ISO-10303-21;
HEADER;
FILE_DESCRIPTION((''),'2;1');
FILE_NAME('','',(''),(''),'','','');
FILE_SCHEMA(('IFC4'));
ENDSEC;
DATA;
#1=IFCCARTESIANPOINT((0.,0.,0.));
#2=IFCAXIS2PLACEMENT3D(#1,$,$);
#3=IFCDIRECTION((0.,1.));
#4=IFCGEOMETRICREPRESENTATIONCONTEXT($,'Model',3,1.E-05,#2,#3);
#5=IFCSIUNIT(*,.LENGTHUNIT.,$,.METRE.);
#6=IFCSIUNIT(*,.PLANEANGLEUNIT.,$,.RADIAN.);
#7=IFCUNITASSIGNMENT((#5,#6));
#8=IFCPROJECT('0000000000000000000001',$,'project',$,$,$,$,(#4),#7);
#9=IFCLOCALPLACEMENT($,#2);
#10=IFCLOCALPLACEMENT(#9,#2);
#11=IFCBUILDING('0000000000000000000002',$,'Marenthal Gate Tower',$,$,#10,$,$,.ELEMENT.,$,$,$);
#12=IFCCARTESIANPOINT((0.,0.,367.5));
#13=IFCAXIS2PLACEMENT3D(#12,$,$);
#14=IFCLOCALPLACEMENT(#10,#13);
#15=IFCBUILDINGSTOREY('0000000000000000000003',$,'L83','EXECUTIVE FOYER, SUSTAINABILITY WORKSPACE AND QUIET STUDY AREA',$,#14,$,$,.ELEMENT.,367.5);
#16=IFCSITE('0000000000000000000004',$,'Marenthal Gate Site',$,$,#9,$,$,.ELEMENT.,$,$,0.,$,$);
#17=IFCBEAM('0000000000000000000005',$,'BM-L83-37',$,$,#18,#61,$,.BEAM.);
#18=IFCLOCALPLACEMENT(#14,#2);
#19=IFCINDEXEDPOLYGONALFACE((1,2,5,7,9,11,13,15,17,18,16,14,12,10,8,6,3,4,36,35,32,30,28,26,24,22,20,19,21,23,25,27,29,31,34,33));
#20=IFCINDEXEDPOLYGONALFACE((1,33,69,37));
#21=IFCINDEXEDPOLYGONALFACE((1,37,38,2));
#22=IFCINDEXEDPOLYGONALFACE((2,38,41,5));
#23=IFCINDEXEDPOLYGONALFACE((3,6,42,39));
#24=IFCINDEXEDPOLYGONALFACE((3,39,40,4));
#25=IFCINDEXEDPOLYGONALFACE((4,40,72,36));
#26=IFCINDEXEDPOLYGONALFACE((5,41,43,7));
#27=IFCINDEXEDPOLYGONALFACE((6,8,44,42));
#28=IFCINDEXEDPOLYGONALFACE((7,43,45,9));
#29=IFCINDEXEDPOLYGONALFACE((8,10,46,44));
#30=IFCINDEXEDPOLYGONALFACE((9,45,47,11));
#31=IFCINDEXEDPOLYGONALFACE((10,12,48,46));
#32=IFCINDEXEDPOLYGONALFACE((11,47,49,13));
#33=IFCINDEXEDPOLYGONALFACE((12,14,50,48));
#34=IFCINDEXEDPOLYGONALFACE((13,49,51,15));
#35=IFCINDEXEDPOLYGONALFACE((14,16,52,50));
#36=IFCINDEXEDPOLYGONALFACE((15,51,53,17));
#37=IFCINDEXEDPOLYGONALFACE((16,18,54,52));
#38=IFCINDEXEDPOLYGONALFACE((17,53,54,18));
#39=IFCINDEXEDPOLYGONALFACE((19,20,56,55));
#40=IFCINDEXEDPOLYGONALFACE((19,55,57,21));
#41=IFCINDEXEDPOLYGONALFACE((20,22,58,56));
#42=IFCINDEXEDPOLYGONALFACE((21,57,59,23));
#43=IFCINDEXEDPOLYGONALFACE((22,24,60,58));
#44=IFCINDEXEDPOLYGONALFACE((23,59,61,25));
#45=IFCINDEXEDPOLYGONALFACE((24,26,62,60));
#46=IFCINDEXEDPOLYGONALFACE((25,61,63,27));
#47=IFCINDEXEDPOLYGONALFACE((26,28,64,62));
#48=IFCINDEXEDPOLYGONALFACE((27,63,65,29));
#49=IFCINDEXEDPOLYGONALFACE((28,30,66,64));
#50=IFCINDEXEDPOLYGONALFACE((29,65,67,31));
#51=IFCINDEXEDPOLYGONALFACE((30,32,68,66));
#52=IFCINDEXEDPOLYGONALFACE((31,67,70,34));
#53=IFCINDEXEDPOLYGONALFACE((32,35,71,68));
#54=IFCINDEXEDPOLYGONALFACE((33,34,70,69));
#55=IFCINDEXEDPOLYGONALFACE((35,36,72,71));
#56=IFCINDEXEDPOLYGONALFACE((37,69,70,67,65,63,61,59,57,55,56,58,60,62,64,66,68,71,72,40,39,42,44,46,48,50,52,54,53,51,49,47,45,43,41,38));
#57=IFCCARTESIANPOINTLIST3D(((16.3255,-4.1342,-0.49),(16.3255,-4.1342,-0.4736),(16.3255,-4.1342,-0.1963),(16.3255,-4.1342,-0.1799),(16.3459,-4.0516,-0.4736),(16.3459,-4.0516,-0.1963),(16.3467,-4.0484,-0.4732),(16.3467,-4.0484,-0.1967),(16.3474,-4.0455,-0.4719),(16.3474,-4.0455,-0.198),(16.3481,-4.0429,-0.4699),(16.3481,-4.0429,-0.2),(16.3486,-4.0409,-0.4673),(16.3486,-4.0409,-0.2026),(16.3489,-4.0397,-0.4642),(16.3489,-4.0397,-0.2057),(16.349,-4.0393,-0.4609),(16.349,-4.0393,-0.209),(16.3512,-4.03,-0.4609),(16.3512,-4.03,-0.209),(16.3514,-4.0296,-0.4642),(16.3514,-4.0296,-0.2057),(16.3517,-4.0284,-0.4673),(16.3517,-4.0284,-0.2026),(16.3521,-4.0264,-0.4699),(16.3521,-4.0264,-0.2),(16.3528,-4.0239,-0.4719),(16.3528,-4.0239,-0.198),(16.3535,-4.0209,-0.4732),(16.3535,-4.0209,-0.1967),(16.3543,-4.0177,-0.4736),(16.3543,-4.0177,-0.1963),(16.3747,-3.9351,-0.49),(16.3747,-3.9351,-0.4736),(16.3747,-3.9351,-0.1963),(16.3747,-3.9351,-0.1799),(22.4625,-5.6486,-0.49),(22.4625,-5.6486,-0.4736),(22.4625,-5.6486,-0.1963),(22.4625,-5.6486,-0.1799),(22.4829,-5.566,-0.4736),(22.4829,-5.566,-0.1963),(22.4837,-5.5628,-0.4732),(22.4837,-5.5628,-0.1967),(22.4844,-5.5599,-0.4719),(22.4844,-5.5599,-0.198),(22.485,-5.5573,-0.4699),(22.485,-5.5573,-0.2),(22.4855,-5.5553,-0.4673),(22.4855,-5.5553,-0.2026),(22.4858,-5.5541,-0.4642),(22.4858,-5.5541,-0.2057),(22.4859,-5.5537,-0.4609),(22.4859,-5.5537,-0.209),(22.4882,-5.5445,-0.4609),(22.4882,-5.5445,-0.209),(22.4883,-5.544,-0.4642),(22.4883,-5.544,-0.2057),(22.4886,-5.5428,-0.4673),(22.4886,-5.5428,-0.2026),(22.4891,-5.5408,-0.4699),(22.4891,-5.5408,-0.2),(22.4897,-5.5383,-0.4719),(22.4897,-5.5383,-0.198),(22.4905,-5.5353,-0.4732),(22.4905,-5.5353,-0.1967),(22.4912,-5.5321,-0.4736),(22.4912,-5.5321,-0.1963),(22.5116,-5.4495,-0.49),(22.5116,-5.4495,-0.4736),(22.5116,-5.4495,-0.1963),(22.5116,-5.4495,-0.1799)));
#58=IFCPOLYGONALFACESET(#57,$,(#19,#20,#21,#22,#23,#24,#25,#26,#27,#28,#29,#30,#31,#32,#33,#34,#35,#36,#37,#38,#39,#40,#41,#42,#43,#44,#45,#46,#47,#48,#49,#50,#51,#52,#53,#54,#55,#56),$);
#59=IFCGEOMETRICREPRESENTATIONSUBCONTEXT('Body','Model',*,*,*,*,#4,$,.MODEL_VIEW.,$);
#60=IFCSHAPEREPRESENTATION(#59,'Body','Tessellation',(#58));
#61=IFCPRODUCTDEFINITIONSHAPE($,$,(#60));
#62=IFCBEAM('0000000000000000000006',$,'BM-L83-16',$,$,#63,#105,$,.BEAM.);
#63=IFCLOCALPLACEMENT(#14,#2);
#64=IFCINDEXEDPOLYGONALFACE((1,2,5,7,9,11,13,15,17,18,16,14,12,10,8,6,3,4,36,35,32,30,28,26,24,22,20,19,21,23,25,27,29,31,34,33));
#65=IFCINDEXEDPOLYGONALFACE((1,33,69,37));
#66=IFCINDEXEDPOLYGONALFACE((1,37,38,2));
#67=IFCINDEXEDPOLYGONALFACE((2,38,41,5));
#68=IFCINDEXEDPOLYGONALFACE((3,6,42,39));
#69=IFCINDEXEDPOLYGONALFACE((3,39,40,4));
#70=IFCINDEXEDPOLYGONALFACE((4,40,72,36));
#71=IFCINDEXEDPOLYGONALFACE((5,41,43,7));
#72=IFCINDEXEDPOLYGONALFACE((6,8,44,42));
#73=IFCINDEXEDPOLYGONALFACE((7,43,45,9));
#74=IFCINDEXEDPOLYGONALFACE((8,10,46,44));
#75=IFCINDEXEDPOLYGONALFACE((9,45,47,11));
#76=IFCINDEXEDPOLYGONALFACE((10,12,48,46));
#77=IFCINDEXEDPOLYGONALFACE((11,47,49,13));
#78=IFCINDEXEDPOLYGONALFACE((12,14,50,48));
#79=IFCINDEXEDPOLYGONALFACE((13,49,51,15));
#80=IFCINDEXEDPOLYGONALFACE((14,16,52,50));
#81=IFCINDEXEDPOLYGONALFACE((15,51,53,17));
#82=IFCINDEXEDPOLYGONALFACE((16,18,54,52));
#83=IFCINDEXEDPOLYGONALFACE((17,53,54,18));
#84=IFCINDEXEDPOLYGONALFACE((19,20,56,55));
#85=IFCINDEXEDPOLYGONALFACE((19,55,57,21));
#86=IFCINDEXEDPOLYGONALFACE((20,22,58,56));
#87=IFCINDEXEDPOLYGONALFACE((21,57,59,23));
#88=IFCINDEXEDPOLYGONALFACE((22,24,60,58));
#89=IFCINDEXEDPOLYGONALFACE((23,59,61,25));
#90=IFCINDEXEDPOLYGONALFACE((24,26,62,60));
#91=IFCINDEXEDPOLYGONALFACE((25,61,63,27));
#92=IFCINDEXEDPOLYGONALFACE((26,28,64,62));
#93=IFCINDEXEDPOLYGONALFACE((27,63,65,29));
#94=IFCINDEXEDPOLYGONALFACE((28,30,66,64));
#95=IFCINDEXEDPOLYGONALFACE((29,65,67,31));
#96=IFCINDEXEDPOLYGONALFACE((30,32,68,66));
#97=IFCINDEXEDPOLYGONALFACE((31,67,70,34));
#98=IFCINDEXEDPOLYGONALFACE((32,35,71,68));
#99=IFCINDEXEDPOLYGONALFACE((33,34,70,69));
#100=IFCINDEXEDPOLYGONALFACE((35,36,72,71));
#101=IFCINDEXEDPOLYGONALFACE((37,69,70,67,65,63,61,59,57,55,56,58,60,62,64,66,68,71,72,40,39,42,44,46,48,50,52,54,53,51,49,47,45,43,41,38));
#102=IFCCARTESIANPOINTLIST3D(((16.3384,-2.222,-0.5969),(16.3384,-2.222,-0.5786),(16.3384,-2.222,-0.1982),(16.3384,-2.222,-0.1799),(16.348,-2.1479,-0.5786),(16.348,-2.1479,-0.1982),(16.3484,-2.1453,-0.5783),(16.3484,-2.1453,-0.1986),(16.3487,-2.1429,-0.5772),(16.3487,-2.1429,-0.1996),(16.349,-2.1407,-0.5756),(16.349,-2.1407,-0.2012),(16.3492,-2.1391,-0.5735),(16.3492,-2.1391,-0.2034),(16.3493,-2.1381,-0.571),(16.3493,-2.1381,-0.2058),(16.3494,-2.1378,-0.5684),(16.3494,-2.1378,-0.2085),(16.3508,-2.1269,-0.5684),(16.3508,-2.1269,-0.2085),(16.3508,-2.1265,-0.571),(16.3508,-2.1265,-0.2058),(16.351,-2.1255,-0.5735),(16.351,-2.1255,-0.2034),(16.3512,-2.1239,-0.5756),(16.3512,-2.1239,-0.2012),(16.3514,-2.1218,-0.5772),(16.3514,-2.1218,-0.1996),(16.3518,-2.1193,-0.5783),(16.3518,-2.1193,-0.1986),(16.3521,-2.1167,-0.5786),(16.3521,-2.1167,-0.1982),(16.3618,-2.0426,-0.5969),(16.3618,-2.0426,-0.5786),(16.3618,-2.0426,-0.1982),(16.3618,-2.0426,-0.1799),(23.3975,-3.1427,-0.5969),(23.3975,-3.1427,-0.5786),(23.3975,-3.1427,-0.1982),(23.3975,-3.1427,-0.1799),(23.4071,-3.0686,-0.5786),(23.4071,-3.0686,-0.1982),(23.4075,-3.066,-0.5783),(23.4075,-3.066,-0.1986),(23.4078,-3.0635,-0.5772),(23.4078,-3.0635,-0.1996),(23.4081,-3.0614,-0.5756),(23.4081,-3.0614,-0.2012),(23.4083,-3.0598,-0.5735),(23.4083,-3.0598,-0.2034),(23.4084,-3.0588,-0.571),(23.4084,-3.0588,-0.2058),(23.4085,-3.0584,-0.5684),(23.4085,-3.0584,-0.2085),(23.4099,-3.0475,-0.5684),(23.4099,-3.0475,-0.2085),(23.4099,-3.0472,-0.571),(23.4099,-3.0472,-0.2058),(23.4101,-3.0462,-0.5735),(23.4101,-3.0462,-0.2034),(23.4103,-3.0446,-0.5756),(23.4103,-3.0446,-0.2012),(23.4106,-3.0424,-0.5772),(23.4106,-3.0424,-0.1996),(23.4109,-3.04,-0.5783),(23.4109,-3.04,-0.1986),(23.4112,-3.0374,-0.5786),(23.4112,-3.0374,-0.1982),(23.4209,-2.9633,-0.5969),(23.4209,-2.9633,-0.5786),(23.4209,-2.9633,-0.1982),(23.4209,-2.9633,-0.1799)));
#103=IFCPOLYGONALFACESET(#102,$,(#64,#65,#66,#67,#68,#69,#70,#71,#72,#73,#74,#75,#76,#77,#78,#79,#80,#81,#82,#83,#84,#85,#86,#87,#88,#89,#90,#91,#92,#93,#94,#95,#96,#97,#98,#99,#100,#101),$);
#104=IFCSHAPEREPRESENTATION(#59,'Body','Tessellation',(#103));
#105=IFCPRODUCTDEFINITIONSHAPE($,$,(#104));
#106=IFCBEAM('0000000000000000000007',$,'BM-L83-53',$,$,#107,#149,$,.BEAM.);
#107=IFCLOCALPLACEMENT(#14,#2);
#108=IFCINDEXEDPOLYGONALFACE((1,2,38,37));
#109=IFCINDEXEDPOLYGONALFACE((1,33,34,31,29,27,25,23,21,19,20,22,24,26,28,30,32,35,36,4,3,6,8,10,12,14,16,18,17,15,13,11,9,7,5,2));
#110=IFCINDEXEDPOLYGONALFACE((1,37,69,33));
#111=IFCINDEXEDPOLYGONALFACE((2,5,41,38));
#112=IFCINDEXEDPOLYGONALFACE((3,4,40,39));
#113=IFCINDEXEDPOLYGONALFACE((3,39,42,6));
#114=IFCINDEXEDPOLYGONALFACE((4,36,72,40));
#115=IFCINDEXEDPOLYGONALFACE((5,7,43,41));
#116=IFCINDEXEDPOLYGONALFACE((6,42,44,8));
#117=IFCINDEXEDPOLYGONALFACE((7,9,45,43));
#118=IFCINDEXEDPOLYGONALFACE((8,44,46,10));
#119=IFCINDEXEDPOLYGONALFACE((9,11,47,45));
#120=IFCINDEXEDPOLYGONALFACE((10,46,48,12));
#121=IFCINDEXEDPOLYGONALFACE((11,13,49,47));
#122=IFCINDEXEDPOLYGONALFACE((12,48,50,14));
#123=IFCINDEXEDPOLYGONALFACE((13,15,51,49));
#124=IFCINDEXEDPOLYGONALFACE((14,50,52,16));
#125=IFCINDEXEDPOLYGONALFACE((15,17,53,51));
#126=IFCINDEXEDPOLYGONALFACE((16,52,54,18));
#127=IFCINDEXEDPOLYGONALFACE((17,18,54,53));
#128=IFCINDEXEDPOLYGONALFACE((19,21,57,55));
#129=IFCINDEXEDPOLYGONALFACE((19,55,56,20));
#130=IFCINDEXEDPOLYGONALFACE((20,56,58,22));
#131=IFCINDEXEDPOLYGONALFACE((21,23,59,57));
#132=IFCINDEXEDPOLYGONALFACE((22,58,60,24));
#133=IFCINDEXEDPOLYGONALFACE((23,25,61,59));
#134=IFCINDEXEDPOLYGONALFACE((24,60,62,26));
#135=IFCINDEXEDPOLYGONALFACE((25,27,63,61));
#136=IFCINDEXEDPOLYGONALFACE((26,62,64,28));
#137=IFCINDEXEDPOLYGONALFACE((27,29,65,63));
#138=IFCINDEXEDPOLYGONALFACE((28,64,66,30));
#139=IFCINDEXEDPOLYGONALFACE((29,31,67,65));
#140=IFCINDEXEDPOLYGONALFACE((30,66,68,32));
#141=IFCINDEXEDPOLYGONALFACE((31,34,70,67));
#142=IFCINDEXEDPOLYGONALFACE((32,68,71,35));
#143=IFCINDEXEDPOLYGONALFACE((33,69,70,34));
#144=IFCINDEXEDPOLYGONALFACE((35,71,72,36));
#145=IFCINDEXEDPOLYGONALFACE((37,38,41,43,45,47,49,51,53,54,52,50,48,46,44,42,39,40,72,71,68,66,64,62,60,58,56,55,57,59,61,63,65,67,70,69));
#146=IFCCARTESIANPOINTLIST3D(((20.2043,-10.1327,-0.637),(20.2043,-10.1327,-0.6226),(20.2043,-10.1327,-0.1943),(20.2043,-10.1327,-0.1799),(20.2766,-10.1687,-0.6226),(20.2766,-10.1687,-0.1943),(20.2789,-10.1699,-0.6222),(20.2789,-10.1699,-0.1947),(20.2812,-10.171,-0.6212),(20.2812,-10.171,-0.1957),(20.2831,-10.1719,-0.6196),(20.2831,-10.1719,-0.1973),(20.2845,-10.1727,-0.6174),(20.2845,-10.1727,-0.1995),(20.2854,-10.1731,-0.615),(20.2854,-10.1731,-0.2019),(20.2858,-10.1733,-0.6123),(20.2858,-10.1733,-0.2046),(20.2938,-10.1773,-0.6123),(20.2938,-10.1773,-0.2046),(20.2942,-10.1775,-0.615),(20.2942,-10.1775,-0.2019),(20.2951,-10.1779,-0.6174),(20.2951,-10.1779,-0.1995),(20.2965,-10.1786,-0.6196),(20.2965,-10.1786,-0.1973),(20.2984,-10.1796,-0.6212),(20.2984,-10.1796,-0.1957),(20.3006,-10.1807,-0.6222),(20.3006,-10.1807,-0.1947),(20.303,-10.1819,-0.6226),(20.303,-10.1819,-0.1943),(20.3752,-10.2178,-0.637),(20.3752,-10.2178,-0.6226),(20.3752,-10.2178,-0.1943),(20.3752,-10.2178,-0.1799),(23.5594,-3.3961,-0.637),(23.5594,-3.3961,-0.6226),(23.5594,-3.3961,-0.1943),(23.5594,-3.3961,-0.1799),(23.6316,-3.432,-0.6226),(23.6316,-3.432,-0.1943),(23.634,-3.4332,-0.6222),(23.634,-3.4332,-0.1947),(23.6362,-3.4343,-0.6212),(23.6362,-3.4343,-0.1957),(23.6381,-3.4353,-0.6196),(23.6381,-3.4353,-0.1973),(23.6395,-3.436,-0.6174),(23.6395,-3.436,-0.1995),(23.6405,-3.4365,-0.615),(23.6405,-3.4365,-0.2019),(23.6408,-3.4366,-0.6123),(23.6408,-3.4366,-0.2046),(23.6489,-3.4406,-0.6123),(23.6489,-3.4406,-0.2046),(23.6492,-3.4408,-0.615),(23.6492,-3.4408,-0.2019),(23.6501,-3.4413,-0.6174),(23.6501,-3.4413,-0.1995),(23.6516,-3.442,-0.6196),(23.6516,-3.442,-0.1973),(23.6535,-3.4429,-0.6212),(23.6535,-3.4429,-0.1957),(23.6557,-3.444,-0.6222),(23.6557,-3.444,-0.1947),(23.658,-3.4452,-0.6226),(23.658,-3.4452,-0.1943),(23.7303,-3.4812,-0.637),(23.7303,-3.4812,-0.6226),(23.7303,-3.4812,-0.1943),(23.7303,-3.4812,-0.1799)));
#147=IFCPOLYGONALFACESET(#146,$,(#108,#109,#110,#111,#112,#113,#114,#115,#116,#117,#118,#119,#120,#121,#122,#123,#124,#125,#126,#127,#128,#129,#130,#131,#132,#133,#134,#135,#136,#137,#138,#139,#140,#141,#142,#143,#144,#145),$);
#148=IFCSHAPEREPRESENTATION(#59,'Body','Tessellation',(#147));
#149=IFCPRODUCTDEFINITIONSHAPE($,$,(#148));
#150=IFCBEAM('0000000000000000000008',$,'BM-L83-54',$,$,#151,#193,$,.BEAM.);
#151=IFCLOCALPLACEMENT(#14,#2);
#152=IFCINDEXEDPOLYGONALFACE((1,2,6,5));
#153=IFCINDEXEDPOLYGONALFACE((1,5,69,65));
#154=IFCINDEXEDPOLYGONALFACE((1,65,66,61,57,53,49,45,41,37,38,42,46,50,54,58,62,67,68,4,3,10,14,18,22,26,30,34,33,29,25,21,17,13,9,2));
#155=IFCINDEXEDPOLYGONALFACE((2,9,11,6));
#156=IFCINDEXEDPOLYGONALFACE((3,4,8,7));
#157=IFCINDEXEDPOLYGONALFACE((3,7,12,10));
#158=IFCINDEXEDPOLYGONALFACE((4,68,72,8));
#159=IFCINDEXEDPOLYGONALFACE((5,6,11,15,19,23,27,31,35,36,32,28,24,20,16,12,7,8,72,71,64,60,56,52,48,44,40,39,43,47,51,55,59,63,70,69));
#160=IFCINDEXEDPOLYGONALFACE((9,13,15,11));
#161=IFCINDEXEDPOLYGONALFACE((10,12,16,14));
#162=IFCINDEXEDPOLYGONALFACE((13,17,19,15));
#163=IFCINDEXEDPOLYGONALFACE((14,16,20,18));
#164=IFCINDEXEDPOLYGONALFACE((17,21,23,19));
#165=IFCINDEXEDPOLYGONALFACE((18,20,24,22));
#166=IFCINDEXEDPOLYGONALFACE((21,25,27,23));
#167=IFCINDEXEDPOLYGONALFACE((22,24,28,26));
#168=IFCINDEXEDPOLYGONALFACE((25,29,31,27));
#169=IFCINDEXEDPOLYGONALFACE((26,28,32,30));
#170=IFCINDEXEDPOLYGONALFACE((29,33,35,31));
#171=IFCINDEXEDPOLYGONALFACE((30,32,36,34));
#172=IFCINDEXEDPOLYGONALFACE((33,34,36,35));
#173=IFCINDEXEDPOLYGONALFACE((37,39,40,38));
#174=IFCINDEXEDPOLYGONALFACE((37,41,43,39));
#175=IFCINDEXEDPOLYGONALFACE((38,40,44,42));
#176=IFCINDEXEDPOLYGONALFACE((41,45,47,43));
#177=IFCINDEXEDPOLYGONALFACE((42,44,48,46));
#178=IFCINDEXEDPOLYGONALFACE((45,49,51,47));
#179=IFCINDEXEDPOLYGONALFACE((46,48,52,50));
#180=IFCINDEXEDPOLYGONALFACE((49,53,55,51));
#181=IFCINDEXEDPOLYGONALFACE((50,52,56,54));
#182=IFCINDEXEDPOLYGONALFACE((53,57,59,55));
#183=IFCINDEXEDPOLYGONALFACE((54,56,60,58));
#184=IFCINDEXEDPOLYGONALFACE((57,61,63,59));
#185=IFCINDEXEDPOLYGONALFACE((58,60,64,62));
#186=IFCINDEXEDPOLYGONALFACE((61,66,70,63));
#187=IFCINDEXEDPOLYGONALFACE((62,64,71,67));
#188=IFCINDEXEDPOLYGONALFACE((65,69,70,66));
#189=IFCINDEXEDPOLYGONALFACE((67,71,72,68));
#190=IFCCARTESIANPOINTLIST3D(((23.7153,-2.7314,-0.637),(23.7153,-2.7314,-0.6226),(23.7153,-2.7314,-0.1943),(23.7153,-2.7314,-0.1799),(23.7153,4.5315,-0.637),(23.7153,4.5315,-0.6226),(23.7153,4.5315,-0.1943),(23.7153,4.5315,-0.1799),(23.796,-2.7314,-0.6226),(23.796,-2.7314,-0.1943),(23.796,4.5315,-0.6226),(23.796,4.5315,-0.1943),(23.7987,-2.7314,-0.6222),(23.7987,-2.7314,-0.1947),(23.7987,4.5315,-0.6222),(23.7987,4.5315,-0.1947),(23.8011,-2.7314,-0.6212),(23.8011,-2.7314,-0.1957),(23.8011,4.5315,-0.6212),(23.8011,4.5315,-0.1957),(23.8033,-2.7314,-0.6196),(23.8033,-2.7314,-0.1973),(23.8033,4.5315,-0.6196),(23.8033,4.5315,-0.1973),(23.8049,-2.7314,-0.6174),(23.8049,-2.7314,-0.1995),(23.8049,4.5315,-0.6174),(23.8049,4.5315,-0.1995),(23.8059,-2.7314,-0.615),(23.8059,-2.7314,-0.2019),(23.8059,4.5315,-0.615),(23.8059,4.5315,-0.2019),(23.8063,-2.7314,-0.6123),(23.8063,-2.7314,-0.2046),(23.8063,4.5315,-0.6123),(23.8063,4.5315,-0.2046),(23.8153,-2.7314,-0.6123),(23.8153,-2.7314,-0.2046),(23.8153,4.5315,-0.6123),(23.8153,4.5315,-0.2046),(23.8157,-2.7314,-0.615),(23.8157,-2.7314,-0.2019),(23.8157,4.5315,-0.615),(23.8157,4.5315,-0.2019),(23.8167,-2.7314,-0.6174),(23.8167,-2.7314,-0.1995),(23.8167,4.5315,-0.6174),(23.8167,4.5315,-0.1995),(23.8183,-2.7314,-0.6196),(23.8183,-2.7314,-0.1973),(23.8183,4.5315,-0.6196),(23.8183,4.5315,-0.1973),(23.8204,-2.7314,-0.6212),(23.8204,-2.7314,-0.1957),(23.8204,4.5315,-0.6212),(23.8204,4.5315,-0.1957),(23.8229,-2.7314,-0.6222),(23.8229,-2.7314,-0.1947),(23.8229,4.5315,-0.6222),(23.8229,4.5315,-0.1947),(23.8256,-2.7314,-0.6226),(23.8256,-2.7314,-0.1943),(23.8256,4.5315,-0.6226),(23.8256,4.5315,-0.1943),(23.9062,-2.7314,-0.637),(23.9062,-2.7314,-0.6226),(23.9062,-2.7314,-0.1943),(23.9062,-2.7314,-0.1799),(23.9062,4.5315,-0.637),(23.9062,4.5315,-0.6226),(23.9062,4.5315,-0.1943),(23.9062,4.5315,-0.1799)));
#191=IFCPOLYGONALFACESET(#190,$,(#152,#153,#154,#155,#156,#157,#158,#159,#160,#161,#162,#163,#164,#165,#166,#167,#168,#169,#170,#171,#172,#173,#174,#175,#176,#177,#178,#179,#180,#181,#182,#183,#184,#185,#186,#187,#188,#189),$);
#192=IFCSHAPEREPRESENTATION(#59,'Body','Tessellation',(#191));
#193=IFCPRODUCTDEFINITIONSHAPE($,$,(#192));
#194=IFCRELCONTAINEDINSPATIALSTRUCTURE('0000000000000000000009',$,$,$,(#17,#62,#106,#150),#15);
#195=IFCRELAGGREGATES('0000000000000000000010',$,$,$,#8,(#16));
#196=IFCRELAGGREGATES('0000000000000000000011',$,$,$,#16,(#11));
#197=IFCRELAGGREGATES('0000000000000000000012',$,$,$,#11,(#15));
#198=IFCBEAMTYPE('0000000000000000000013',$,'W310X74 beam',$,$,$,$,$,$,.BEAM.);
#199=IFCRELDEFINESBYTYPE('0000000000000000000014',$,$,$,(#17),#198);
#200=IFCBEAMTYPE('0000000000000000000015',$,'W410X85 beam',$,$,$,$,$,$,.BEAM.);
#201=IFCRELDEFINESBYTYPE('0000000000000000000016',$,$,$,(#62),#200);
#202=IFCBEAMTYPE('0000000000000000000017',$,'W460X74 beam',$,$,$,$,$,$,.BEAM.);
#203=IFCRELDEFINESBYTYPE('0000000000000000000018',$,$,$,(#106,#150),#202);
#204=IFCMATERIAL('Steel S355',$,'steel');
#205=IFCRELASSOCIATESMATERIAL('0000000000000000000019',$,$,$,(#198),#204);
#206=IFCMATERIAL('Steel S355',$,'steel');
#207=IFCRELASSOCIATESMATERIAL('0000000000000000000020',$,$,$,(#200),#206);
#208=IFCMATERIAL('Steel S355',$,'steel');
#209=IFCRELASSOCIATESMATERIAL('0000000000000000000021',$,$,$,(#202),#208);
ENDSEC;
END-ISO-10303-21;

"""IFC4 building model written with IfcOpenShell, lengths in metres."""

from ifc_helpers import new_model, si_unit, direction, frame, origin, origin_2d, place, context, subcontext, project, spatial, i_section, extrude, material, material_profile, profile_set, type_object, element, save


model = new_model("IFC4")

# Units and contexts
model_context = context("Model", 3, precision=1e-05, world=origin(), true_north=direction((0.0, 1.0)))
body_context = subcontext(model_context, "Body", "Model", "MODEL_VIEW")
ifc_project = project(units=[si_unit("LENGTHUNIT", "METRE"), si_unit("PLANEANGLEUNIT", "RADIAN")], contexts=[model_context])

# Site, building, storey
site_placement = place(None, origin())
site = spatial("IfcSite", under=ifc_project, at=site_placement, Name="Marenthal Gate Site", CompositionType="ELEMENT", RefElevation=0.0)
building_placement = place(site_placement, origin())
building = spatial("IfcBuilding", under=site, at=building_placement, Name="Marenthal Gate Tower", CompositionType="ELEMENT")
storey_placement = place(building_placement, frame((0.0, 0.0, 367.5)))
storey = spatial("IfcBuildingStorey", under=building, at=storey_placement, Name="L83", Description="EXECUTIVE FOYER, SUSTAINABILITY WORKSPACE AND QUIET STUDY AREA", CompositionType="ELEMENT", Elevation=367.5)

# Beams
ifc_material_1 = material(Name="Steel S355", Category="steel")
ifc_material_profile_1 = material_profile(ifc_material_1, i_section(OverallWidth=0.2051, OverallDepth=0.3101, WebThickness=0.0095, FlangeThickness=0.0164, FilletRadius=0.0127, at=origin_2d()), Name="W310X74")
ifc_profile_set_1 = profile_set([ifc_material_profile_1], Name="Steel S355")
beam_type_1 = type_object("IfcBeamType", Name="W310X74 beam", PredefinedType="BEAM", material=ifc_profile_set_1)
beam_1_placement = place(storey_placement, frame((22.4871, -5.5491, -0.335), z_axis=(-0.970876, 0.239581, 0.0), x_axis=(-0.239581, -0.970876, 0.0)))
element("IfcBeam", 1, at=beam_1_placement, inside=storey, type_object=beam_type_1, Name="BM-L83-37", PredefinedType="BEAM", context=body_context, shape_type="SweptSolid", body=[
    extrude(i_section(OverallWidth=0.2051, OverallDepth=0.3101, WebThickness=0.0095, FlangeThickness=0.0164, FilletRadius=0.0127, at=origin_2d()), origin(), (0.0, 0.0, 1.0), 6.321),
])
ifc_material_2 = material(Name="Steel S355", Category="steel")
ifc_material_profile_2 = material_profile(ifc_material_2, i_section(OverallWidth=0.1809, OverallDepth=0.417, WebThickness=0.011, FlangeThickness=0.0183, FilletRadius=0.0103, at=origin_2d()), Name="W410X85")
ifc_profile_set_2 = profile_set([ifc_material_profile_2], Name="Steel S355")
beam_type_2 = type_object("IfcBeamType", Name="W410X85 beam", PredefinedType="BEAM", material=ifc_profile_set_2)
beam_2_placement = place(storey_placement, frame((23.4092, -3.053, -0.3884), z_axis=(-0.991602, 0.129326, 0.0), x_axis=(-0.129326, -0.991602, 0.0)))
element("IfcBeam", 2, at=beam_2_placement, inside=storey, type_object=beam_type_2, Name="BM-L83-16", PredefinedType="BEAM", context=body_context, shape_type="SweptSolid", body=[
    extrude(i_section(OverallWidth=0.1809, OverallDepth=0.417, WebThickness=0.011, FlangeThickness=0.0183, FilletRadius=0.0103, at=origin_2d()), origin(), (0.0, 0.0, 1.0), 7.1189),
])
ifc_material_3 = material(Name="Steel S355", Category="steel")
ifc_material_profile_3 = material_profile(ifc_material_3, i_section(OverallWidth=0.1909, OverallDepth=0.457, WebThickness=0.009, FlangeThickness=0.0144, FilletRadius=0.0103, at=origin_2d()), Name="W460X74")
ifc_profile_set_3 = profile_set([ifc_material_profile_3], Name="Steel S355")
beam_type_3 = type_object("IfcBeamType", Name="W460X74 beam", PredefinedType="BEAM", material=ifc_profile_set_3)
beam_3_placement = place(storey_placement, frame((20.2898, -10.1753, -0.4084), z_axis=(0.445799, 0.895133, 0.0), x_axis=(-0.895133, 0.445799, 0.0)))
element("IfcBeam", 3, at=beam_3_placement, inside=storey, type_object=beam_type_3, Name="BM-L83-53", PredefinedType="BEAM", context=body_context, shape_type="SweptSolid", body=[
    extrude(i_section(OverallWidth=0.1909, OverallDepth=0.457, WebThickness=0.009, FlangeThickness=0.0144, FilletRadius=0.0103, at=origin_2d()), origin(), (0.0, 0.0, 1.0), 7.5259),
])
beam_4_placement = place(storey_placement, frame((23.8108, -2.7314, -0.4084), z_axis=(0.0, 1.0, 0.0), x_axis=(-1.0, 0.0, 0.0)))
element("IfcBeam", 4, at=beam_4_placement, inside=storey, type_object=beam_type_3, Name="BM-L83-54", PredefinedType="BEAM", context=body_context, shape_type="SweptSolid", body=[
    extrude(i_section(OverallWidth=0.1909, OverallDepth=0.457, WebThickness=0.009, FlangeThickness=0.0144, FilletRadius=0.0103, at=origin_2d()), origin(), (0.0, 0.0, 1.0), 7.2629),
])

save(model, "model.ifc")
